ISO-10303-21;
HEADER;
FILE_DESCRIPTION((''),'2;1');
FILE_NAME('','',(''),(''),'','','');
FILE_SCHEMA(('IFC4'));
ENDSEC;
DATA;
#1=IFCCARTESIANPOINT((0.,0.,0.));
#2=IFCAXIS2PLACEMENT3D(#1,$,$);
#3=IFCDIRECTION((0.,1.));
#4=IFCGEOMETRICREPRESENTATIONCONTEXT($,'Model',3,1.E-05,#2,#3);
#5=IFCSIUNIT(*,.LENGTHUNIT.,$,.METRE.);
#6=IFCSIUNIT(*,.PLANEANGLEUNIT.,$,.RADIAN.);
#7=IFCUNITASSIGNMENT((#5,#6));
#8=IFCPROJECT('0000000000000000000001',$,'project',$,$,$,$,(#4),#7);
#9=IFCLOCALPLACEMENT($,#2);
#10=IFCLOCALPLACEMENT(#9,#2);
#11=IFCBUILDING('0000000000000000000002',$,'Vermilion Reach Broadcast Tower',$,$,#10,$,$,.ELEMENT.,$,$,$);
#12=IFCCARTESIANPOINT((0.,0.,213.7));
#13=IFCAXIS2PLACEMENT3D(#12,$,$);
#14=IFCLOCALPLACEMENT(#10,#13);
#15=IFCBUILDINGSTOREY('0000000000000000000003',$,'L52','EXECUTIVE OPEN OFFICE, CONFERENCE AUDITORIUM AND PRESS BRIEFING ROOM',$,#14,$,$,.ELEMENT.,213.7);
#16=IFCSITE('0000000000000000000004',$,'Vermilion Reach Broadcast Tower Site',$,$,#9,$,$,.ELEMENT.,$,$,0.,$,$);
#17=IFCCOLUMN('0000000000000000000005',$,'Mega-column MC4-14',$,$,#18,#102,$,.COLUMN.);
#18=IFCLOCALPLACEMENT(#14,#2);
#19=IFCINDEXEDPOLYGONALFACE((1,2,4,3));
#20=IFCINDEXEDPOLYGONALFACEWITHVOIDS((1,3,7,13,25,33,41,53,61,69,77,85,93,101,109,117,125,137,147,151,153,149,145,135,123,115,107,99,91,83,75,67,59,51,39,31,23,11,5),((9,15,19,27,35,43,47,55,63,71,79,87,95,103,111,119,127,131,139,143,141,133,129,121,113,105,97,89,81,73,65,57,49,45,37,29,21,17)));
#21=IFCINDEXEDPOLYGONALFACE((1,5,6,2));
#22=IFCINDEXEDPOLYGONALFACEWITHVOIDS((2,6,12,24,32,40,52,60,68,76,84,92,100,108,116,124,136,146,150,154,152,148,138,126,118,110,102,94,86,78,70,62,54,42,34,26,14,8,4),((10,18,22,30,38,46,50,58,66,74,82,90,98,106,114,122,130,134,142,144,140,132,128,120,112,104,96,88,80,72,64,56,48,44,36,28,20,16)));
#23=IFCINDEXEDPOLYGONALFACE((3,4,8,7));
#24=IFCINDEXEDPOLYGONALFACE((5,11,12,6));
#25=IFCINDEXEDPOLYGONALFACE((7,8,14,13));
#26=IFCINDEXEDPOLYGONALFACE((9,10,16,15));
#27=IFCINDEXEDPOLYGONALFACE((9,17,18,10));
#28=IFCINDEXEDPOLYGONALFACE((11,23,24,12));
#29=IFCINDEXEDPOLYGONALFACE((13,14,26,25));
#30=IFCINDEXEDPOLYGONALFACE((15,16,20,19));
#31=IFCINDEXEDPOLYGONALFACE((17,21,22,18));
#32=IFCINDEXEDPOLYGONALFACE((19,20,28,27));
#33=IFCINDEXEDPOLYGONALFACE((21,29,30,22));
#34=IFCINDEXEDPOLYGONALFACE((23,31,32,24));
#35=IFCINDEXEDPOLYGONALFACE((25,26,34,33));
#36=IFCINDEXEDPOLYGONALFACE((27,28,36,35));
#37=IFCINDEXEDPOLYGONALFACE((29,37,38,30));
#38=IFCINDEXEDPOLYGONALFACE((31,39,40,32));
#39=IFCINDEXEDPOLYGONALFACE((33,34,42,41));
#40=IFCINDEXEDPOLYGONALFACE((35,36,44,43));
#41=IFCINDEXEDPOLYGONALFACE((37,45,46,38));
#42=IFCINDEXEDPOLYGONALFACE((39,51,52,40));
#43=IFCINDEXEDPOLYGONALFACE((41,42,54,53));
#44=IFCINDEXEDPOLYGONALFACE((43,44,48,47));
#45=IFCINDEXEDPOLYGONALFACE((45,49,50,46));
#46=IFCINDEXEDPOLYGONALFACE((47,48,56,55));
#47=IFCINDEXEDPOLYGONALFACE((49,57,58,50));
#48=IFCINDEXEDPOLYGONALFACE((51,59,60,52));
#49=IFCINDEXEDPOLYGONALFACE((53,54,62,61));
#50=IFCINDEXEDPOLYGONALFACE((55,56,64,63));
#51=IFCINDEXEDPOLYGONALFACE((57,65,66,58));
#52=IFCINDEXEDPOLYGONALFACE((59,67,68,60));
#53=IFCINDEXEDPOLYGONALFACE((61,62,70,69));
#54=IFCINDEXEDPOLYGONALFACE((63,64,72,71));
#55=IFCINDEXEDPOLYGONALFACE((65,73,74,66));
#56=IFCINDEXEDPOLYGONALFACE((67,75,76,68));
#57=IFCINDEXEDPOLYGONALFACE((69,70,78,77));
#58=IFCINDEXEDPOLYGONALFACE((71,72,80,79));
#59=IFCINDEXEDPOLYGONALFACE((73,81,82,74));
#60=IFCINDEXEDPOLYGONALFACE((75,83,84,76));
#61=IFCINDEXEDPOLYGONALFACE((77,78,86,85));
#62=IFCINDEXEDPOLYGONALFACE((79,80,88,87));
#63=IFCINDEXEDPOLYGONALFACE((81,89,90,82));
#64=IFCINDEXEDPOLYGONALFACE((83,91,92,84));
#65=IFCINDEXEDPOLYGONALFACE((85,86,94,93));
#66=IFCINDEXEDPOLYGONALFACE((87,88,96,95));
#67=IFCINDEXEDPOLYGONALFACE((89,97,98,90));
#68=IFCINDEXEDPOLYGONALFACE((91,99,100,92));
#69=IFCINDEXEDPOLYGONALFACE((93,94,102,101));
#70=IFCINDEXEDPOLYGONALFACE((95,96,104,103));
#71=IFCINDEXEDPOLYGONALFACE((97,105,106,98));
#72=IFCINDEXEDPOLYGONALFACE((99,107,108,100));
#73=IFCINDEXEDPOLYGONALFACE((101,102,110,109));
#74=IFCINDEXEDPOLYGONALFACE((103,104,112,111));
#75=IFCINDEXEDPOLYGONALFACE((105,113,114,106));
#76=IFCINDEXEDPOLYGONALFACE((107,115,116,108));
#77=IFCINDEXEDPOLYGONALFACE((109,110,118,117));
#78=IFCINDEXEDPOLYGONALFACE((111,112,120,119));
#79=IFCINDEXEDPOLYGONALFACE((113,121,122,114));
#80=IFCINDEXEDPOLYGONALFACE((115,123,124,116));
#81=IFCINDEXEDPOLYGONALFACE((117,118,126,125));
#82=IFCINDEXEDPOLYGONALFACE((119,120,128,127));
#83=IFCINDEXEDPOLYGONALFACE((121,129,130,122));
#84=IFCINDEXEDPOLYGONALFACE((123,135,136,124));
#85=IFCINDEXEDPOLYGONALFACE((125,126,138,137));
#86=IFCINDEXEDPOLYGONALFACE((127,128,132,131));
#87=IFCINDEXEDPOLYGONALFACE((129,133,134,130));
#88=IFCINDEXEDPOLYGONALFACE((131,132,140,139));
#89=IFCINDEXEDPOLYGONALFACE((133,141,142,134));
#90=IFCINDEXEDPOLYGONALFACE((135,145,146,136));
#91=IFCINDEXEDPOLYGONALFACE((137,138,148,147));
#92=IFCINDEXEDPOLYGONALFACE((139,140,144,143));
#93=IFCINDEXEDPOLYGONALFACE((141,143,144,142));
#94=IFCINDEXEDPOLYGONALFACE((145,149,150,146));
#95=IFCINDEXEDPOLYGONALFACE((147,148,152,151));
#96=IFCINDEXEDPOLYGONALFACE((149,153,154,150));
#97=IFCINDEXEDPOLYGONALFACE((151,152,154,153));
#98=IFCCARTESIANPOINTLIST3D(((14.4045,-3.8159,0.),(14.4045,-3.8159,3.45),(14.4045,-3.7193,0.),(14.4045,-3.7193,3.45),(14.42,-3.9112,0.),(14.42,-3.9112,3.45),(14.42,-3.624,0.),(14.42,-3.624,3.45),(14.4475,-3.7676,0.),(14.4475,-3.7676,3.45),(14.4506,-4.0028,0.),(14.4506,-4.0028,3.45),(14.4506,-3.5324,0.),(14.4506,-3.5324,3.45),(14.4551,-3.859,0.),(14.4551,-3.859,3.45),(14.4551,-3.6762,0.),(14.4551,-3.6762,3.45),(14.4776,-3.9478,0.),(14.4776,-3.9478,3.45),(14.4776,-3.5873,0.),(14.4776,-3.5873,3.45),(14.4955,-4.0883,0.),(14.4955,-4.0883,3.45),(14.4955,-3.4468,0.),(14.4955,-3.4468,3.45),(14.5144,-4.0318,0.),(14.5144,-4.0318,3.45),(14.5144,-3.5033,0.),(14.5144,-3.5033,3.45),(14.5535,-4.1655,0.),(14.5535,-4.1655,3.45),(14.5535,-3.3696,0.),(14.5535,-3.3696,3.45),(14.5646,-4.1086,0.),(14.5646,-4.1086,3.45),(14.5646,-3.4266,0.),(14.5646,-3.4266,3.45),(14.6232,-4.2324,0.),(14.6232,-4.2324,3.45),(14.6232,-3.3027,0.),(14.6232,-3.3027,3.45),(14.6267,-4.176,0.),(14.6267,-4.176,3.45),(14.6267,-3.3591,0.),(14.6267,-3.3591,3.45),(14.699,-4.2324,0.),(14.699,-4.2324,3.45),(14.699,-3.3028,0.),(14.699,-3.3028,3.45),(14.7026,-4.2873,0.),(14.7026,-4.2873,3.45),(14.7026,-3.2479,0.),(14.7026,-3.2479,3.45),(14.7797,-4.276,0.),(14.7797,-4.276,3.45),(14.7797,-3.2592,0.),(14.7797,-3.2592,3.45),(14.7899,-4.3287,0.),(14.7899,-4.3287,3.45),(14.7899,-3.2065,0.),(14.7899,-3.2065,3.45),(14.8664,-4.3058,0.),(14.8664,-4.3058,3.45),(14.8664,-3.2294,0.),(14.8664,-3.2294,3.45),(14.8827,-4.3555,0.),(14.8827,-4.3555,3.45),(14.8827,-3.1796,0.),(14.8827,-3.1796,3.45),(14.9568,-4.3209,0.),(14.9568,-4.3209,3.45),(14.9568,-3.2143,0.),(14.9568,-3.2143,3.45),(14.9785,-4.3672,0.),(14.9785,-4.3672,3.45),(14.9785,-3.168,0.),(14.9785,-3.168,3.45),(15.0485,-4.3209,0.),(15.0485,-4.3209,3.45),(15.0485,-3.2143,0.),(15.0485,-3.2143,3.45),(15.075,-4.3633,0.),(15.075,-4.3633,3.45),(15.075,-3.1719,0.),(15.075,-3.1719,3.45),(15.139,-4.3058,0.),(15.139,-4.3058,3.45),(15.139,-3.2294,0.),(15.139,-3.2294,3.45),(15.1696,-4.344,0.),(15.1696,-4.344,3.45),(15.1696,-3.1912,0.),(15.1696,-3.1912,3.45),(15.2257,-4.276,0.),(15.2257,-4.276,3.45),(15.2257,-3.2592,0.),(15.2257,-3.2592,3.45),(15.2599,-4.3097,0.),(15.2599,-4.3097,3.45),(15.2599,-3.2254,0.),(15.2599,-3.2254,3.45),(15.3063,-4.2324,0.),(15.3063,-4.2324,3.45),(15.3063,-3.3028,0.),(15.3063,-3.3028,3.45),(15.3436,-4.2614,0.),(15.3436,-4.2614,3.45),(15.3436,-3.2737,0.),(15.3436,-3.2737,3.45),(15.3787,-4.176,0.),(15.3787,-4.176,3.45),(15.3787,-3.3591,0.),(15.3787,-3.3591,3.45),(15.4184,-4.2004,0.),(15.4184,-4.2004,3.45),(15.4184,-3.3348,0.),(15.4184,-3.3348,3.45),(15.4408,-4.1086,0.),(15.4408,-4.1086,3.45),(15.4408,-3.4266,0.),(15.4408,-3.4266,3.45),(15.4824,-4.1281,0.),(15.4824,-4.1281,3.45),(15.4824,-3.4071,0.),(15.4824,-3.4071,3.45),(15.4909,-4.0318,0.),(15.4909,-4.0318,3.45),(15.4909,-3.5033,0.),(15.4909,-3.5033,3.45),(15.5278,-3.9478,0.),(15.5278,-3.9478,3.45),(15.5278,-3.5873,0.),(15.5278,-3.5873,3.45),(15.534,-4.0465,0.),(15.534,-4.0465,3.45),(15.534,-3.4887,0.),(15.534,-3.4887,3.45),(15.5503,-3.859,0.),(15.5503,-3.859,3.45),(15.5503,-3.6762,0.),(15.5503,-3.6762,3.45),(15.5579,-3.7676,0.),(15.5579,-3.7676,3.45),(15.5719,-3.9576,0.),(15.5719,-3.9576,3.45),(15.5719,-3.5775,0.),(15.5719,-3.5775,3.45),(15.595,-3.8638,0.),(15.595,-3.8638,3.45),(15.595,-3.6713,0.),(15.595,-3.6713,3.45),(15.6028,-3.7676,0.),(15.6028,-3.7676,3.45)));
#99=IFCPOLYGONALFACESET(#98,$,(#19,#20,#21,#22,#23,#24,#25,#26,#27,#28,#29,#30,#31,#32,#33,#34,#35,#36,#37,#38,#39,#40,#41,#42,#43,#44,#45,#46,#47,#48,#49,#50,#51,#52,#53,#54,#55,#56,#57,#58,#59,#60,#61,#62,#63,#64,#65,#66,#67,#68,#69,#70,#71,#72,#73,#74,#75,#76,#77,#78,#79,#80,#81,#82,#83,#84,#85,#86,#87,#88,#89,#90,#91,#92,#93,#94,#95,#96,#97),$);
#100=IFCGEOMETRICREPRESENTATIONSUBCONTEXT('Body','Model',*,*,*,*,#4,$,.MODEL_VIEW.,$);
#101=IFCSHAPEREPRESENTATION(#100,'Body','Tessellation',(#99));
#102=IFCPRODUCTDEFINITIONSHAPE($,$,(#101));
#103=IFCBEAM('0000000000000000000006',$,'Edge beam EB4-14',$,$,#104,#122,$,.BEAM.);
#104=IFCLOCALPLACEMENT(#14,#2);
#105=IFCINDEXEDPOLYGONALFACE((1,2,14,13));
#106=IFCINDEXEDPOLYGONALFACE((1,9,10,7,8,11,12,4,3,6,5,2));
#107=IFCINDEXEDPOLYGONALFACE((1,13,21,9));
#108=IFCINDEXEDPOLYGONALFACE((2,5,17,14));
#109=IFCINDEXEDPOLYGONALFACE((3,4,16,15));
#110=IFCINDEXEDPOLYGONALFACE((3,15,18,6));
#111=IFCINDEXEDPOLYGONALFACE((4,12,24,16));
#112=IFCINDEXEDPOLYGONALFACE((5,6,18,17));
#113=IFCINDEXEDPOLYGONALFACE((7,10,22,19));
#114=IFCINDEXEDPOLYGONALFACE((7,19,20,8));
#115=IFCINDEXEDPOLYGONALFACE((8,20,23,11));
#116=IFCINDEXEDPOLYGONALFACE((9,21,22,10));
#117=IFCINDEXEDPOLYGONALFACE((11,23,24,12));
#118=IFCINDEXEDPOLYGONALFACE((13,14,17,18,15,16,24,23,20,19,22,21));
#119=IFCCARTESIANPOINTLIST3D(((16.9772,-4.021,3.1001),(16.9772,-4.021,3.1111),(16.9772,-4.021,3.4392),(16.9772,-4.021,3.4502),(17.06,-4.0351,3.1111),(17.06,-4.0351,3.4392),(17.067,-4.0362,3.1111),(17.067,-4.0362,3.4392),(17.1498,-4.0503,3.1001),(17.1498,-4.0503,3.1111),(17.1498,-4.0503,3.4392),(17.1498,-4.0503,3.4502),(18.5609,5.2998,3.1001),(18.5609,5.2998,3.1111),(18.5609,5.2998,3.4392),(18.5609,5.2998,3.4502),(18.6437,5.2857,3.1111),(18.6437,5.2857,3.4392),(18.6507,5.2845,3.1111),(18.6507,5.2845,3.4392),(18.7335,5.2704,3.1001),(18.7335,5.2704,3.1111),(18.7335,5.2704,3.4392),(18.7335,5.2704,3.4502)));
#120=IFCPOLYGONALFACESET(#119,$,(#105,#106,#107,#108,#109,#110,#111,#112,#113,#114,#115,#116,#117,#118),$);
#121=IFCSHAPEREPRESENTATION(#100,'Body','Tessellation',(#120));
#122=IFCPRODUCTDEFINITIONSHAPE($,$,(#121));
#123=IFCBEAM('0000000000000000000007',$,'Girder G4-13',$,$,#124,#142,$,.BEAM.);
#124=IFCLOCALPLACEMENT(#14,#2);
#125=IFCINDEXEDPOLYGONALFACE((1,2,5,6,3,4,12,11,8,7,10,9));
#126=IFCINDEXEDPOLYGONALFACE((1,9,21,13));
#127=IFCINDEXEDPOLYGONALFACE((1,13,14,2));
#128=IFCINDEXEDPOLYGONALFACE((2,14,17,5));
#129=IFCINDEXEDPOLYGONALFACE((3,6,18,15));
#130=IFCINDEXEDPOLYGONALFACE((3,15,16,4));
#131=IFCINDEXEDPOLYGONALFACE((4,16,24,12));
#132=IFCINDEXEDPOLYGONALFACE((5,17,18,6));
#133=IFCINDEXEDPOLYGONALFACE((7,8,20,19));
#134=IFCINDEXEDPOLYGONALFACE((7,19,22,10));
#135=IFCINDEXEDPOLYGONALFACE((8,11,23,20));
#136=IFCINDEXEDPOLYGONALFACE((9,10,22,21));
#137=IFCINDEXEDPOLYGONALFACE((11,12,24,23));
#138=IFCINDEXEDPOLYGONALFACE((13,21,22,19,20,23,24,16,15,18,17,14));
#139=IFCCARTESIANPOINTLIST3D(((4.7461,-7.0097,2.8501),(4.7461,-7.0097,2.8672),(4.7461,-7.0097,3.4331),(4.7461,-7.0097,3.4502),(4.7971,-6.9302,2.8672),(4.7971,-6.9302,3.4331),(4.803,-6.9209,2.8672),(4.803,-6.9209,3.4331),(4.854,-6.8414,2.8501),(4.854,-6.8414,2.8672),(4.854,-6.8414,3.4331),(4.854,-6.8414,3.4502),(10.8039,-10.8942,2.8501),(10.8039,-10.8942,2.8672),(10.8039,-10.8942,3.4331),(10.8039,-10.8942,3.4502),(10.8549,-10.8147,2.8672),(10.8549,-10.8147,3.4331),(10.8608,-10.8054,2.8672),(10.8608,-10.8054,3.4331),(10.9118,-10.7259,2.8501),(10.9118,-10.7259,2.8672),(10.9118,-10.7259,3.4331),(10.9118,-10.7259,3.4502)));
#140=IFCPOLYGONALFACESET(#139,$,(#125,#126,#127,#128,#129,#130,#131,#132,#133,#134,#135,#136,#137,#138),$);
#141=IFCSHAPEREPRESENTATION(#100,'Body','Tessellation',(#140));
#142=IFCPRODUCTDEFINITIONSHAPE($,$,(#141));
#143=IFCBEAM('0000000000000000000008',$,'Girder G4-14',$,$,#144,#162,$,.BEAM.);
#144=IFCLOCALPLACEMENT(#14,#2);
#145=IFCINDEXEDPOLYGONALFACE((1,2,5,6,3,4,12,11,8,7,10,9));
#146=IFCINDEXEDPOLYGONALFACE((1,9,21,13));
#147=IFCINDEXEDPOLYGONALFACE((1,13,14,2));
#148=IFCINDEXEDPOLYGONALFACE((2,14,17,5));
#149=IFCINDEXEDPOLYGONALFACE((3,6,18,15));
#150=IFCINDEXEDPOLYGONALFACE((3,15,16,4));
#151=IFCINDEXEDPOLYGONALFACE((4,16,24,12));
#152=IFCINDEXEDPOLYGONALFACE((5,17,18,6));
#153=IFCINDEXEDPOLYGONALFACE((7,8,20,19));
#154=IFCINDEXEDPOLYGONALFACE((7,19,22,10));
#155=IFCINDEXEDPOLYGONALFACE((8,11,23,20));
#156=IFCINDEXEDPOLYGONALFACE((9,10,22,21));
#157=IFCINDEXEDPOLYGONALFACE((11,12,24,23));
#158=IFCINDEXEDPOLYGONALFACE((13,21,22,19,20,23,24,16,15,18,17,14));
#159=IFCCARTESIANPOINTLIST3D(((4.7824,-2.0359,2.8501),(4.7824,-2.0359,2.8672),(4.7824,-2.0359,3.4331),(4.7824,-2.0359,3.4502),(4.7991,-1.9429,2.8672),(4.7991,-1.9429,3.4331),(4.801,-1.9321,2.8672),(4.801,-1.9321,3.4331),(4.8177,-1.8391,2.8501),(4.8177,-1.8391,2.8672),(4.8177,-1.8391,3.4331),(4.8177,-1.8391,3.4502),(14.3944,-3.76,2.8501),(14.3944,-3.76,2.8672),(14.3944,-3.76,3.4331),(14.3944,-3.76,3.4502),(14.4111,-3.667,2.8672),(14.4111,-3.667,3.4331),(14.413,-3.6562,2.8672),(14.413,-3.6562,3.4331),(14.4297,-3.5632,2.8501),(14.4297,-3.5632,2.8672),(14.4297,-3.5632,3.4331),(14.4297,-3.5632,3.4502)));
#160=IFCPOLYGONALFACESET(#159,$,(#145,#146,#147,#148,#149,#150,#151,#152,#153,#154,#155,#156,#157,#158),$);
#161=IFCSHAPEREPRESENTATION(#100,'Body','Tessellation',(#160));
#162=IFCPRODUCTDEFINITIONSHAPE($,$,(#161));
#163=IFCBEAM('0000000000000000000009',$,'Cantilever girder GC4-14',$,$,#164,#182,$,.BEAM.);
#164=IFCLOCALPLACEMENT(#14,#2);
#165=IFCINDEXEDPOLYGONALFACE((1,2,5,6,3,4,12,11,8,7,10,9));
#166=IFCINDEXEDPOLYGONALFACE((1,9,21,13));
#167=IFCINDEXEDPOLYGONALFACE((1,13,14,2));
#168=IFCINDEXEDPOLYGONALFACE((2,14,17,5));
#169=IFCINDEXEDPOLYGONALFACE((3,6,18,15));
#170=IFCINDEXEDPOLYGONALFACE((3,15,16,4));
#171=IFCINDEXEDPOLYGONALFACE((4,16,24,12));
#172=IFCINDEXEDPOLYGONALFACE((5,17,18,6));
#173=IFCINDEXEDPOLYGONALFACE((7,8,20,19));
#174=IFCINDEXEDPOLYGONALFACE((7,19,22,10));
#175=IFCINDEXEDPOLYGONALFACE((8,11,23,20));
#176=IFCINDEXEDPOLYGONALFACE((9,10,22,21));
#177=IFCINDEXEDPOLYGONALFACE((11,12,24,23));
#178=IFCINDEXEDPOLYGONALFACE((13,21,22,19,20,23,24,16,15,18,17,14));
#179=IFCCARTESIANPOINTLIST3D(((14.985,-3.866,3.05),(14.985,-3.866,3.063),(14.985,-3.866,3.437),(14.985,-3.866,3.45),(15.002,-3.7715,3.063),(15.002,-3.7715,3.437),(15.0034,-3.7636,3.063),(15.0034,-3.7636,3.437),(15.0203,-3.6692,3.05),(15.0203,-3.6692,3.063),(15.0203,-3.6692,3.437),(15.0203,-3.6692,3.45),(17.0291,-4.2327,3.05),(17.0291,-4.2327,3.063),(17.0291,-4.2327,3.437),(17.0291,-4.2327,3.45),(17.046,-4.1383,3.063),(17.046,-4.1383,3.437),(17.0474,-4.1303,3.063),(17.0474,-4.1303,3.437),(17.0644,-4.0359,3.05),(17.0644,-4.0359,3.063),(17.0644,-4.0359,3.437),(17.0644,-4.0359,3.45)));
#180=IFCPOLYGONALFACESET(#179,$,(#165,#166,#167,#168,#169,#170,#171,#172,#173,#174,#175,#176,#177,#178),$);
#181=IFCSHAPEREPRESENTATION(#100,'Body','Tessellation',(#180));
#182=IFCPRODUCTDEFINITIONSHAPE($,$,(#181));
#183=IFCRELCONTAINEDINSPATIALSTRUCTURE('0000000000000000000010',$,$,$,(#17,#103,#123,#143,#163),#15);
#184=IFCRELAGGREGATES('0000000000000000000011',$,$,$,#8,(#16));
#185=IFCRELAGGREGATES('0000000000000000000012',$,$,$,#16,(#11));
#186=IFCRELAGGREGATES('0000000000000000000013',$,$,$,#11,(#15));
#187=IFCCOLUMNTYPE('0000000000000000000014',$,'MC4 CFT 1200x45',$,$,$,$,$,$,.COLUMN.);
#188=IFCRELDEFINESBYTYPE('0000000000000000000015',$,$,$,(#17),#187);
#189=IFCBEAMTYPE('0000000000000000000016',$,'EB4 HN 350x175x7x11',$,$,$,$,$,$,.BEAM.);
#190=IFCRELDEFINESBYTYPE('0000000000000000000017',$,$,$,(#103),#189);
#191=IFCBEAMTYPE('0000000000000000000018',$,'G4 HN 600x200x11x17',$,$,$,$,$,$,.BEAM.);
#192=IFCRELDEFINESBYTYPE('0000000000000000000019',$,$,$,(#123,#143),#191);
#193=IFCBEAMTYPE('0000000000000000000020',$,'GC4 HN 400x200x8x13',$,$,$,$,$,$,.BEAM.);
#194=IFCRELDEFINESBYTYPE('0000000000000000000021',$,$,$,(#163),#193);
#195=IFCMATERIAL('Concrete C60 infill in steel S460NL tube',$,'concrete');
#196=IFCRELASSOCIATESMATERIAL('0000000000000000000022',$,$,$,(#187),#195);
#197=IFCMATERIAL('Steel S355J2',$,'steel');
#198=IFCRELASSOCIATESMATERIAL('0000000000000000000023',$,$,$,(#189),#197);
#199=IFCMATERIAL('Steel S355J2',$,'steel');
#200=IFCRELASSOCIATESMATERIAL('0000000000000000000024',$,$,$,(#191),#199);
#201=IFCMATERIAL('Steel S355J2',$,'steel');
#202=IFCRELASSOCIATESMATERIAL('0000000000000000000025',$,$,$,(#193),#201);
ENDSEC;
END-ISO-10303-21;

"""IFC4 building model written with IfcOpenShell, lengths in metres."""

from ifc_helpers import new_model, si_unit, direction, frame, origin, origin_2d, place, context, subcontext, project, spatial, hollow_circle, i_section, extrude, material, material_profile, profile_set, type_object, element, save


model = new_model("IFC4")

# Units and contexts
model_context = context("Model", 3, precision=1e-05, world=origin(), true_north=direction((0.0, 1.0)))
body_context = subcontext(model_context, "Body", "Model", "MODEL_VIEW")
ifc_project = project(units=[si_unit("LENGTHUNIT", "METRE"), si_unit("PLANEANGLEUNIT", "RADIAN")], contexts=[model_context])

# Site, building, storey
site_placement = place(None, origin())
site = spatial("IfcSite", under=ifc_project, at=site_placement, Name="Vermilion Reach Broadcast Tower Site", CompositionType="ELEMENT", RefElevation=0.0)
building_placement = place(site_placement, origin())
building = spatial("IfcBuilding", under=site, at=building_placement, Name="Vermilion Reach Broadcast Tower", CompositionType="ELEMENT")
storey_placement = place(building_placement, frame((0.0, 0.0, 213.7)))
storey = spatial("IfcBuildingStorey", under=building, at=storey_placement, Name="L52", Description="EXECUTIVE OPEN OFFICE, CONFERENCE AUDITORIUM AND PRESS BRIEFING ROOM", CompositionType="ELEMENT", Elevation=213.7)

# Column
ifc_material_1 = material(Name="Concrete C60 infill in steel S460NL tube", Category="concrete")
ifc_material_profile_1 = material_profile(ifc_material_1, hollow_circle(Radius=0.6001, WallThickness=0.0449, at=origin_2d()), Name="Concrete C60 infill in steel S460NL tube CFT 1200x45")
ifc_profile_set_1 = profile_set([ifc_material_profile_1], Name="Concrete C60 infill in steel S460NL tube")
column_type = type_object("IfcColumnType", Name="MC4 CFT 1200x45", PredefinedType="COLUMN", material=ifc_profile_set_1)
column_placement = place(storey_placement, frame((15.0027, -3.7676, 0.0), z_axis=(0.0, 0.0, 1.0), x_axis=(1.0, 0.0, 0.0)))
element("IfcColumn", 1, at=column_placement, inside=storey, type_object=column_type, Name="Mega-column MC4-14", PredefinedType="COLUMN", context=body_context, shape_type="SweptSolid", body=[
    extrude(hollow_circle(Radius=0.6001, WallThickness=0.0449, at=origin_2d()), origin(), (0.0, 0.0, 1.0), 3.45),
])

# Beams
ifc_material_2 = material(Name="Steel S355J2", Category="steel")
ifc_material_profile_2 = material_profile(ifc_material_2, i_section(OverallWidth=0.175, OverallDepth=0.3501, WebThickness=0.0071, FlangeThickness=0.011, at=origin_2d()), Name="S355J2 HN 350x175x7x11")
ifc_profile_set_2 = profile_set([ifc_material_profile_2], Name="Steel S355J2")
beam_type_1 = type_object("IfcBeamType", Name="EB4 HN 350x175x7x11", PredefinedType="BEAM", material=ifc_profile_set_2)
beam_1_placement = place(storey_placement, frame((17.0635, -4.0356, 3.2751), z_axis=(0.167514, 0.98587, 0.0), x_axis=(-0.98587, 0.167514, 0.0)))
element("IfcBeam", 2, at=beam_1_placement, inside=storey, type_object=beam_type_1, Name="Edge beam EB4-14", PredefinedType="BEAM", context=body_context, shape_type="SweptSolid", body=[
    extrude(i_section(OverallWidth=0.175, OverallDepth=0.3501, WebThickness=0.0071, FlangeThickness=0.011, at=origin_2d()), origin(), (0.0, 0.0, 1.0), 9.4543),
])
ifc_material_3 = material(Name="Steel S355J2", Category="steel")
ifc_material_profile_3 = material_profile(ifc_material_3, i_section(OverallWidth=0.2, OverallDepth=0.6001, WebThickness=0.011, FlangeThickness=0.0171, at=origin_2d()), Name="S355J2 HN 600x200x11x17")
ifc_profile_set_3 = profile_set([ifc_material_profile_3], Name="Steel S355J2")
beam_type_2 = type_object("IfcBeamType", Name="G4 HN 600x200x11x17", PredefinedType="BEAM", material=ifc_profile_set_3)
beam_2_placement = place(storey_placement, frame((4.8, -6.9255, 3.1501), z_axis=(0.841799, -0.539792, 0.0), x_axis=(0.539792, 0.841799, 0.0)))
element("IfcBeam", 3, at=beam_2_placement, inside=storey, type_object=beam_type_2, Name="Girder G4-13", PredefinedType="BEAM", context=body_context, shape_type="SweptSolid", body=[
    extrude(i_section(OverallWidth=0.2, OverallDepth=0.6001, WebThickness=0.011, FlangeThickness=0.0171, at=origin_2d()), origin(), (0.0, 0.0, 1.0), 7.1963),
])
beam_3_placement = place(storey_placement, frame((4.8, -1.9375, 3.1501), z_axis=(0.984291, -0.176553, 0.0), x_axis=(0.176553, 0.984291, 0.0)))
element("IfcBeam", 4, at=beam_3_placement, inside=storey, type_object=beam_type_2, Name="Girder G4-14", PredefinedType="BEAM", context=body_context, shape_type="SweptSolid", body=[
    extrude(i_section(OverallWidth=0.2, OverallDepth=0.6001, WebThickness=0.011, FlangeThickness=0.0171, at=origin_2d()), origin(), (0.0, 0.0, 1.0), 9.7654),
])
ifc_material_4 = material(Name="Steel S355J2", Category="steel")
ifc_material_profile_4 = material_profile(ifc_material_4, i_section(OverallWidth=0.2, OverallDepth=0.3999, WebThickness=0.0081, FlangeThickness=0.0129, at=origin_2d()), Name="S355J2 HN 400x200x8x13")
ifc_profile_set_4 = profile_set([ifc_material_profile_4], Name="Steel S355J2")
beam_type_3 = type_object("IfcBeamType", Name="GC4 HN 400x200x8x13", PredefinedType="BEAM", material=ifc_profile_set_4)
beam_4_placement = place(storey_placement, frame((15.0027, -3.7676, 3.25), z_axis=(0.984285, -0.176588, 0.0), x_axis=(0.176588, 0.984285, 0.0)))
element("IfcBeam", 5, at=beam_4_placement, inside=storey, type_object=beam_type_3, Name="Cantilever girder GC4-14", PredefinedType="BEAM", context=body_context, shape_type="SweptSolid", body=[
    extrude(i_section(OverallWidth=0.2, OverallDepth=0.3999, WebThickness=0.0081, FlangeThickness=0.0129, at=origin_2d()), origin(), (0.0, 0.0, 1.0), 2.0767),
])

save(model, "model.ifc")
